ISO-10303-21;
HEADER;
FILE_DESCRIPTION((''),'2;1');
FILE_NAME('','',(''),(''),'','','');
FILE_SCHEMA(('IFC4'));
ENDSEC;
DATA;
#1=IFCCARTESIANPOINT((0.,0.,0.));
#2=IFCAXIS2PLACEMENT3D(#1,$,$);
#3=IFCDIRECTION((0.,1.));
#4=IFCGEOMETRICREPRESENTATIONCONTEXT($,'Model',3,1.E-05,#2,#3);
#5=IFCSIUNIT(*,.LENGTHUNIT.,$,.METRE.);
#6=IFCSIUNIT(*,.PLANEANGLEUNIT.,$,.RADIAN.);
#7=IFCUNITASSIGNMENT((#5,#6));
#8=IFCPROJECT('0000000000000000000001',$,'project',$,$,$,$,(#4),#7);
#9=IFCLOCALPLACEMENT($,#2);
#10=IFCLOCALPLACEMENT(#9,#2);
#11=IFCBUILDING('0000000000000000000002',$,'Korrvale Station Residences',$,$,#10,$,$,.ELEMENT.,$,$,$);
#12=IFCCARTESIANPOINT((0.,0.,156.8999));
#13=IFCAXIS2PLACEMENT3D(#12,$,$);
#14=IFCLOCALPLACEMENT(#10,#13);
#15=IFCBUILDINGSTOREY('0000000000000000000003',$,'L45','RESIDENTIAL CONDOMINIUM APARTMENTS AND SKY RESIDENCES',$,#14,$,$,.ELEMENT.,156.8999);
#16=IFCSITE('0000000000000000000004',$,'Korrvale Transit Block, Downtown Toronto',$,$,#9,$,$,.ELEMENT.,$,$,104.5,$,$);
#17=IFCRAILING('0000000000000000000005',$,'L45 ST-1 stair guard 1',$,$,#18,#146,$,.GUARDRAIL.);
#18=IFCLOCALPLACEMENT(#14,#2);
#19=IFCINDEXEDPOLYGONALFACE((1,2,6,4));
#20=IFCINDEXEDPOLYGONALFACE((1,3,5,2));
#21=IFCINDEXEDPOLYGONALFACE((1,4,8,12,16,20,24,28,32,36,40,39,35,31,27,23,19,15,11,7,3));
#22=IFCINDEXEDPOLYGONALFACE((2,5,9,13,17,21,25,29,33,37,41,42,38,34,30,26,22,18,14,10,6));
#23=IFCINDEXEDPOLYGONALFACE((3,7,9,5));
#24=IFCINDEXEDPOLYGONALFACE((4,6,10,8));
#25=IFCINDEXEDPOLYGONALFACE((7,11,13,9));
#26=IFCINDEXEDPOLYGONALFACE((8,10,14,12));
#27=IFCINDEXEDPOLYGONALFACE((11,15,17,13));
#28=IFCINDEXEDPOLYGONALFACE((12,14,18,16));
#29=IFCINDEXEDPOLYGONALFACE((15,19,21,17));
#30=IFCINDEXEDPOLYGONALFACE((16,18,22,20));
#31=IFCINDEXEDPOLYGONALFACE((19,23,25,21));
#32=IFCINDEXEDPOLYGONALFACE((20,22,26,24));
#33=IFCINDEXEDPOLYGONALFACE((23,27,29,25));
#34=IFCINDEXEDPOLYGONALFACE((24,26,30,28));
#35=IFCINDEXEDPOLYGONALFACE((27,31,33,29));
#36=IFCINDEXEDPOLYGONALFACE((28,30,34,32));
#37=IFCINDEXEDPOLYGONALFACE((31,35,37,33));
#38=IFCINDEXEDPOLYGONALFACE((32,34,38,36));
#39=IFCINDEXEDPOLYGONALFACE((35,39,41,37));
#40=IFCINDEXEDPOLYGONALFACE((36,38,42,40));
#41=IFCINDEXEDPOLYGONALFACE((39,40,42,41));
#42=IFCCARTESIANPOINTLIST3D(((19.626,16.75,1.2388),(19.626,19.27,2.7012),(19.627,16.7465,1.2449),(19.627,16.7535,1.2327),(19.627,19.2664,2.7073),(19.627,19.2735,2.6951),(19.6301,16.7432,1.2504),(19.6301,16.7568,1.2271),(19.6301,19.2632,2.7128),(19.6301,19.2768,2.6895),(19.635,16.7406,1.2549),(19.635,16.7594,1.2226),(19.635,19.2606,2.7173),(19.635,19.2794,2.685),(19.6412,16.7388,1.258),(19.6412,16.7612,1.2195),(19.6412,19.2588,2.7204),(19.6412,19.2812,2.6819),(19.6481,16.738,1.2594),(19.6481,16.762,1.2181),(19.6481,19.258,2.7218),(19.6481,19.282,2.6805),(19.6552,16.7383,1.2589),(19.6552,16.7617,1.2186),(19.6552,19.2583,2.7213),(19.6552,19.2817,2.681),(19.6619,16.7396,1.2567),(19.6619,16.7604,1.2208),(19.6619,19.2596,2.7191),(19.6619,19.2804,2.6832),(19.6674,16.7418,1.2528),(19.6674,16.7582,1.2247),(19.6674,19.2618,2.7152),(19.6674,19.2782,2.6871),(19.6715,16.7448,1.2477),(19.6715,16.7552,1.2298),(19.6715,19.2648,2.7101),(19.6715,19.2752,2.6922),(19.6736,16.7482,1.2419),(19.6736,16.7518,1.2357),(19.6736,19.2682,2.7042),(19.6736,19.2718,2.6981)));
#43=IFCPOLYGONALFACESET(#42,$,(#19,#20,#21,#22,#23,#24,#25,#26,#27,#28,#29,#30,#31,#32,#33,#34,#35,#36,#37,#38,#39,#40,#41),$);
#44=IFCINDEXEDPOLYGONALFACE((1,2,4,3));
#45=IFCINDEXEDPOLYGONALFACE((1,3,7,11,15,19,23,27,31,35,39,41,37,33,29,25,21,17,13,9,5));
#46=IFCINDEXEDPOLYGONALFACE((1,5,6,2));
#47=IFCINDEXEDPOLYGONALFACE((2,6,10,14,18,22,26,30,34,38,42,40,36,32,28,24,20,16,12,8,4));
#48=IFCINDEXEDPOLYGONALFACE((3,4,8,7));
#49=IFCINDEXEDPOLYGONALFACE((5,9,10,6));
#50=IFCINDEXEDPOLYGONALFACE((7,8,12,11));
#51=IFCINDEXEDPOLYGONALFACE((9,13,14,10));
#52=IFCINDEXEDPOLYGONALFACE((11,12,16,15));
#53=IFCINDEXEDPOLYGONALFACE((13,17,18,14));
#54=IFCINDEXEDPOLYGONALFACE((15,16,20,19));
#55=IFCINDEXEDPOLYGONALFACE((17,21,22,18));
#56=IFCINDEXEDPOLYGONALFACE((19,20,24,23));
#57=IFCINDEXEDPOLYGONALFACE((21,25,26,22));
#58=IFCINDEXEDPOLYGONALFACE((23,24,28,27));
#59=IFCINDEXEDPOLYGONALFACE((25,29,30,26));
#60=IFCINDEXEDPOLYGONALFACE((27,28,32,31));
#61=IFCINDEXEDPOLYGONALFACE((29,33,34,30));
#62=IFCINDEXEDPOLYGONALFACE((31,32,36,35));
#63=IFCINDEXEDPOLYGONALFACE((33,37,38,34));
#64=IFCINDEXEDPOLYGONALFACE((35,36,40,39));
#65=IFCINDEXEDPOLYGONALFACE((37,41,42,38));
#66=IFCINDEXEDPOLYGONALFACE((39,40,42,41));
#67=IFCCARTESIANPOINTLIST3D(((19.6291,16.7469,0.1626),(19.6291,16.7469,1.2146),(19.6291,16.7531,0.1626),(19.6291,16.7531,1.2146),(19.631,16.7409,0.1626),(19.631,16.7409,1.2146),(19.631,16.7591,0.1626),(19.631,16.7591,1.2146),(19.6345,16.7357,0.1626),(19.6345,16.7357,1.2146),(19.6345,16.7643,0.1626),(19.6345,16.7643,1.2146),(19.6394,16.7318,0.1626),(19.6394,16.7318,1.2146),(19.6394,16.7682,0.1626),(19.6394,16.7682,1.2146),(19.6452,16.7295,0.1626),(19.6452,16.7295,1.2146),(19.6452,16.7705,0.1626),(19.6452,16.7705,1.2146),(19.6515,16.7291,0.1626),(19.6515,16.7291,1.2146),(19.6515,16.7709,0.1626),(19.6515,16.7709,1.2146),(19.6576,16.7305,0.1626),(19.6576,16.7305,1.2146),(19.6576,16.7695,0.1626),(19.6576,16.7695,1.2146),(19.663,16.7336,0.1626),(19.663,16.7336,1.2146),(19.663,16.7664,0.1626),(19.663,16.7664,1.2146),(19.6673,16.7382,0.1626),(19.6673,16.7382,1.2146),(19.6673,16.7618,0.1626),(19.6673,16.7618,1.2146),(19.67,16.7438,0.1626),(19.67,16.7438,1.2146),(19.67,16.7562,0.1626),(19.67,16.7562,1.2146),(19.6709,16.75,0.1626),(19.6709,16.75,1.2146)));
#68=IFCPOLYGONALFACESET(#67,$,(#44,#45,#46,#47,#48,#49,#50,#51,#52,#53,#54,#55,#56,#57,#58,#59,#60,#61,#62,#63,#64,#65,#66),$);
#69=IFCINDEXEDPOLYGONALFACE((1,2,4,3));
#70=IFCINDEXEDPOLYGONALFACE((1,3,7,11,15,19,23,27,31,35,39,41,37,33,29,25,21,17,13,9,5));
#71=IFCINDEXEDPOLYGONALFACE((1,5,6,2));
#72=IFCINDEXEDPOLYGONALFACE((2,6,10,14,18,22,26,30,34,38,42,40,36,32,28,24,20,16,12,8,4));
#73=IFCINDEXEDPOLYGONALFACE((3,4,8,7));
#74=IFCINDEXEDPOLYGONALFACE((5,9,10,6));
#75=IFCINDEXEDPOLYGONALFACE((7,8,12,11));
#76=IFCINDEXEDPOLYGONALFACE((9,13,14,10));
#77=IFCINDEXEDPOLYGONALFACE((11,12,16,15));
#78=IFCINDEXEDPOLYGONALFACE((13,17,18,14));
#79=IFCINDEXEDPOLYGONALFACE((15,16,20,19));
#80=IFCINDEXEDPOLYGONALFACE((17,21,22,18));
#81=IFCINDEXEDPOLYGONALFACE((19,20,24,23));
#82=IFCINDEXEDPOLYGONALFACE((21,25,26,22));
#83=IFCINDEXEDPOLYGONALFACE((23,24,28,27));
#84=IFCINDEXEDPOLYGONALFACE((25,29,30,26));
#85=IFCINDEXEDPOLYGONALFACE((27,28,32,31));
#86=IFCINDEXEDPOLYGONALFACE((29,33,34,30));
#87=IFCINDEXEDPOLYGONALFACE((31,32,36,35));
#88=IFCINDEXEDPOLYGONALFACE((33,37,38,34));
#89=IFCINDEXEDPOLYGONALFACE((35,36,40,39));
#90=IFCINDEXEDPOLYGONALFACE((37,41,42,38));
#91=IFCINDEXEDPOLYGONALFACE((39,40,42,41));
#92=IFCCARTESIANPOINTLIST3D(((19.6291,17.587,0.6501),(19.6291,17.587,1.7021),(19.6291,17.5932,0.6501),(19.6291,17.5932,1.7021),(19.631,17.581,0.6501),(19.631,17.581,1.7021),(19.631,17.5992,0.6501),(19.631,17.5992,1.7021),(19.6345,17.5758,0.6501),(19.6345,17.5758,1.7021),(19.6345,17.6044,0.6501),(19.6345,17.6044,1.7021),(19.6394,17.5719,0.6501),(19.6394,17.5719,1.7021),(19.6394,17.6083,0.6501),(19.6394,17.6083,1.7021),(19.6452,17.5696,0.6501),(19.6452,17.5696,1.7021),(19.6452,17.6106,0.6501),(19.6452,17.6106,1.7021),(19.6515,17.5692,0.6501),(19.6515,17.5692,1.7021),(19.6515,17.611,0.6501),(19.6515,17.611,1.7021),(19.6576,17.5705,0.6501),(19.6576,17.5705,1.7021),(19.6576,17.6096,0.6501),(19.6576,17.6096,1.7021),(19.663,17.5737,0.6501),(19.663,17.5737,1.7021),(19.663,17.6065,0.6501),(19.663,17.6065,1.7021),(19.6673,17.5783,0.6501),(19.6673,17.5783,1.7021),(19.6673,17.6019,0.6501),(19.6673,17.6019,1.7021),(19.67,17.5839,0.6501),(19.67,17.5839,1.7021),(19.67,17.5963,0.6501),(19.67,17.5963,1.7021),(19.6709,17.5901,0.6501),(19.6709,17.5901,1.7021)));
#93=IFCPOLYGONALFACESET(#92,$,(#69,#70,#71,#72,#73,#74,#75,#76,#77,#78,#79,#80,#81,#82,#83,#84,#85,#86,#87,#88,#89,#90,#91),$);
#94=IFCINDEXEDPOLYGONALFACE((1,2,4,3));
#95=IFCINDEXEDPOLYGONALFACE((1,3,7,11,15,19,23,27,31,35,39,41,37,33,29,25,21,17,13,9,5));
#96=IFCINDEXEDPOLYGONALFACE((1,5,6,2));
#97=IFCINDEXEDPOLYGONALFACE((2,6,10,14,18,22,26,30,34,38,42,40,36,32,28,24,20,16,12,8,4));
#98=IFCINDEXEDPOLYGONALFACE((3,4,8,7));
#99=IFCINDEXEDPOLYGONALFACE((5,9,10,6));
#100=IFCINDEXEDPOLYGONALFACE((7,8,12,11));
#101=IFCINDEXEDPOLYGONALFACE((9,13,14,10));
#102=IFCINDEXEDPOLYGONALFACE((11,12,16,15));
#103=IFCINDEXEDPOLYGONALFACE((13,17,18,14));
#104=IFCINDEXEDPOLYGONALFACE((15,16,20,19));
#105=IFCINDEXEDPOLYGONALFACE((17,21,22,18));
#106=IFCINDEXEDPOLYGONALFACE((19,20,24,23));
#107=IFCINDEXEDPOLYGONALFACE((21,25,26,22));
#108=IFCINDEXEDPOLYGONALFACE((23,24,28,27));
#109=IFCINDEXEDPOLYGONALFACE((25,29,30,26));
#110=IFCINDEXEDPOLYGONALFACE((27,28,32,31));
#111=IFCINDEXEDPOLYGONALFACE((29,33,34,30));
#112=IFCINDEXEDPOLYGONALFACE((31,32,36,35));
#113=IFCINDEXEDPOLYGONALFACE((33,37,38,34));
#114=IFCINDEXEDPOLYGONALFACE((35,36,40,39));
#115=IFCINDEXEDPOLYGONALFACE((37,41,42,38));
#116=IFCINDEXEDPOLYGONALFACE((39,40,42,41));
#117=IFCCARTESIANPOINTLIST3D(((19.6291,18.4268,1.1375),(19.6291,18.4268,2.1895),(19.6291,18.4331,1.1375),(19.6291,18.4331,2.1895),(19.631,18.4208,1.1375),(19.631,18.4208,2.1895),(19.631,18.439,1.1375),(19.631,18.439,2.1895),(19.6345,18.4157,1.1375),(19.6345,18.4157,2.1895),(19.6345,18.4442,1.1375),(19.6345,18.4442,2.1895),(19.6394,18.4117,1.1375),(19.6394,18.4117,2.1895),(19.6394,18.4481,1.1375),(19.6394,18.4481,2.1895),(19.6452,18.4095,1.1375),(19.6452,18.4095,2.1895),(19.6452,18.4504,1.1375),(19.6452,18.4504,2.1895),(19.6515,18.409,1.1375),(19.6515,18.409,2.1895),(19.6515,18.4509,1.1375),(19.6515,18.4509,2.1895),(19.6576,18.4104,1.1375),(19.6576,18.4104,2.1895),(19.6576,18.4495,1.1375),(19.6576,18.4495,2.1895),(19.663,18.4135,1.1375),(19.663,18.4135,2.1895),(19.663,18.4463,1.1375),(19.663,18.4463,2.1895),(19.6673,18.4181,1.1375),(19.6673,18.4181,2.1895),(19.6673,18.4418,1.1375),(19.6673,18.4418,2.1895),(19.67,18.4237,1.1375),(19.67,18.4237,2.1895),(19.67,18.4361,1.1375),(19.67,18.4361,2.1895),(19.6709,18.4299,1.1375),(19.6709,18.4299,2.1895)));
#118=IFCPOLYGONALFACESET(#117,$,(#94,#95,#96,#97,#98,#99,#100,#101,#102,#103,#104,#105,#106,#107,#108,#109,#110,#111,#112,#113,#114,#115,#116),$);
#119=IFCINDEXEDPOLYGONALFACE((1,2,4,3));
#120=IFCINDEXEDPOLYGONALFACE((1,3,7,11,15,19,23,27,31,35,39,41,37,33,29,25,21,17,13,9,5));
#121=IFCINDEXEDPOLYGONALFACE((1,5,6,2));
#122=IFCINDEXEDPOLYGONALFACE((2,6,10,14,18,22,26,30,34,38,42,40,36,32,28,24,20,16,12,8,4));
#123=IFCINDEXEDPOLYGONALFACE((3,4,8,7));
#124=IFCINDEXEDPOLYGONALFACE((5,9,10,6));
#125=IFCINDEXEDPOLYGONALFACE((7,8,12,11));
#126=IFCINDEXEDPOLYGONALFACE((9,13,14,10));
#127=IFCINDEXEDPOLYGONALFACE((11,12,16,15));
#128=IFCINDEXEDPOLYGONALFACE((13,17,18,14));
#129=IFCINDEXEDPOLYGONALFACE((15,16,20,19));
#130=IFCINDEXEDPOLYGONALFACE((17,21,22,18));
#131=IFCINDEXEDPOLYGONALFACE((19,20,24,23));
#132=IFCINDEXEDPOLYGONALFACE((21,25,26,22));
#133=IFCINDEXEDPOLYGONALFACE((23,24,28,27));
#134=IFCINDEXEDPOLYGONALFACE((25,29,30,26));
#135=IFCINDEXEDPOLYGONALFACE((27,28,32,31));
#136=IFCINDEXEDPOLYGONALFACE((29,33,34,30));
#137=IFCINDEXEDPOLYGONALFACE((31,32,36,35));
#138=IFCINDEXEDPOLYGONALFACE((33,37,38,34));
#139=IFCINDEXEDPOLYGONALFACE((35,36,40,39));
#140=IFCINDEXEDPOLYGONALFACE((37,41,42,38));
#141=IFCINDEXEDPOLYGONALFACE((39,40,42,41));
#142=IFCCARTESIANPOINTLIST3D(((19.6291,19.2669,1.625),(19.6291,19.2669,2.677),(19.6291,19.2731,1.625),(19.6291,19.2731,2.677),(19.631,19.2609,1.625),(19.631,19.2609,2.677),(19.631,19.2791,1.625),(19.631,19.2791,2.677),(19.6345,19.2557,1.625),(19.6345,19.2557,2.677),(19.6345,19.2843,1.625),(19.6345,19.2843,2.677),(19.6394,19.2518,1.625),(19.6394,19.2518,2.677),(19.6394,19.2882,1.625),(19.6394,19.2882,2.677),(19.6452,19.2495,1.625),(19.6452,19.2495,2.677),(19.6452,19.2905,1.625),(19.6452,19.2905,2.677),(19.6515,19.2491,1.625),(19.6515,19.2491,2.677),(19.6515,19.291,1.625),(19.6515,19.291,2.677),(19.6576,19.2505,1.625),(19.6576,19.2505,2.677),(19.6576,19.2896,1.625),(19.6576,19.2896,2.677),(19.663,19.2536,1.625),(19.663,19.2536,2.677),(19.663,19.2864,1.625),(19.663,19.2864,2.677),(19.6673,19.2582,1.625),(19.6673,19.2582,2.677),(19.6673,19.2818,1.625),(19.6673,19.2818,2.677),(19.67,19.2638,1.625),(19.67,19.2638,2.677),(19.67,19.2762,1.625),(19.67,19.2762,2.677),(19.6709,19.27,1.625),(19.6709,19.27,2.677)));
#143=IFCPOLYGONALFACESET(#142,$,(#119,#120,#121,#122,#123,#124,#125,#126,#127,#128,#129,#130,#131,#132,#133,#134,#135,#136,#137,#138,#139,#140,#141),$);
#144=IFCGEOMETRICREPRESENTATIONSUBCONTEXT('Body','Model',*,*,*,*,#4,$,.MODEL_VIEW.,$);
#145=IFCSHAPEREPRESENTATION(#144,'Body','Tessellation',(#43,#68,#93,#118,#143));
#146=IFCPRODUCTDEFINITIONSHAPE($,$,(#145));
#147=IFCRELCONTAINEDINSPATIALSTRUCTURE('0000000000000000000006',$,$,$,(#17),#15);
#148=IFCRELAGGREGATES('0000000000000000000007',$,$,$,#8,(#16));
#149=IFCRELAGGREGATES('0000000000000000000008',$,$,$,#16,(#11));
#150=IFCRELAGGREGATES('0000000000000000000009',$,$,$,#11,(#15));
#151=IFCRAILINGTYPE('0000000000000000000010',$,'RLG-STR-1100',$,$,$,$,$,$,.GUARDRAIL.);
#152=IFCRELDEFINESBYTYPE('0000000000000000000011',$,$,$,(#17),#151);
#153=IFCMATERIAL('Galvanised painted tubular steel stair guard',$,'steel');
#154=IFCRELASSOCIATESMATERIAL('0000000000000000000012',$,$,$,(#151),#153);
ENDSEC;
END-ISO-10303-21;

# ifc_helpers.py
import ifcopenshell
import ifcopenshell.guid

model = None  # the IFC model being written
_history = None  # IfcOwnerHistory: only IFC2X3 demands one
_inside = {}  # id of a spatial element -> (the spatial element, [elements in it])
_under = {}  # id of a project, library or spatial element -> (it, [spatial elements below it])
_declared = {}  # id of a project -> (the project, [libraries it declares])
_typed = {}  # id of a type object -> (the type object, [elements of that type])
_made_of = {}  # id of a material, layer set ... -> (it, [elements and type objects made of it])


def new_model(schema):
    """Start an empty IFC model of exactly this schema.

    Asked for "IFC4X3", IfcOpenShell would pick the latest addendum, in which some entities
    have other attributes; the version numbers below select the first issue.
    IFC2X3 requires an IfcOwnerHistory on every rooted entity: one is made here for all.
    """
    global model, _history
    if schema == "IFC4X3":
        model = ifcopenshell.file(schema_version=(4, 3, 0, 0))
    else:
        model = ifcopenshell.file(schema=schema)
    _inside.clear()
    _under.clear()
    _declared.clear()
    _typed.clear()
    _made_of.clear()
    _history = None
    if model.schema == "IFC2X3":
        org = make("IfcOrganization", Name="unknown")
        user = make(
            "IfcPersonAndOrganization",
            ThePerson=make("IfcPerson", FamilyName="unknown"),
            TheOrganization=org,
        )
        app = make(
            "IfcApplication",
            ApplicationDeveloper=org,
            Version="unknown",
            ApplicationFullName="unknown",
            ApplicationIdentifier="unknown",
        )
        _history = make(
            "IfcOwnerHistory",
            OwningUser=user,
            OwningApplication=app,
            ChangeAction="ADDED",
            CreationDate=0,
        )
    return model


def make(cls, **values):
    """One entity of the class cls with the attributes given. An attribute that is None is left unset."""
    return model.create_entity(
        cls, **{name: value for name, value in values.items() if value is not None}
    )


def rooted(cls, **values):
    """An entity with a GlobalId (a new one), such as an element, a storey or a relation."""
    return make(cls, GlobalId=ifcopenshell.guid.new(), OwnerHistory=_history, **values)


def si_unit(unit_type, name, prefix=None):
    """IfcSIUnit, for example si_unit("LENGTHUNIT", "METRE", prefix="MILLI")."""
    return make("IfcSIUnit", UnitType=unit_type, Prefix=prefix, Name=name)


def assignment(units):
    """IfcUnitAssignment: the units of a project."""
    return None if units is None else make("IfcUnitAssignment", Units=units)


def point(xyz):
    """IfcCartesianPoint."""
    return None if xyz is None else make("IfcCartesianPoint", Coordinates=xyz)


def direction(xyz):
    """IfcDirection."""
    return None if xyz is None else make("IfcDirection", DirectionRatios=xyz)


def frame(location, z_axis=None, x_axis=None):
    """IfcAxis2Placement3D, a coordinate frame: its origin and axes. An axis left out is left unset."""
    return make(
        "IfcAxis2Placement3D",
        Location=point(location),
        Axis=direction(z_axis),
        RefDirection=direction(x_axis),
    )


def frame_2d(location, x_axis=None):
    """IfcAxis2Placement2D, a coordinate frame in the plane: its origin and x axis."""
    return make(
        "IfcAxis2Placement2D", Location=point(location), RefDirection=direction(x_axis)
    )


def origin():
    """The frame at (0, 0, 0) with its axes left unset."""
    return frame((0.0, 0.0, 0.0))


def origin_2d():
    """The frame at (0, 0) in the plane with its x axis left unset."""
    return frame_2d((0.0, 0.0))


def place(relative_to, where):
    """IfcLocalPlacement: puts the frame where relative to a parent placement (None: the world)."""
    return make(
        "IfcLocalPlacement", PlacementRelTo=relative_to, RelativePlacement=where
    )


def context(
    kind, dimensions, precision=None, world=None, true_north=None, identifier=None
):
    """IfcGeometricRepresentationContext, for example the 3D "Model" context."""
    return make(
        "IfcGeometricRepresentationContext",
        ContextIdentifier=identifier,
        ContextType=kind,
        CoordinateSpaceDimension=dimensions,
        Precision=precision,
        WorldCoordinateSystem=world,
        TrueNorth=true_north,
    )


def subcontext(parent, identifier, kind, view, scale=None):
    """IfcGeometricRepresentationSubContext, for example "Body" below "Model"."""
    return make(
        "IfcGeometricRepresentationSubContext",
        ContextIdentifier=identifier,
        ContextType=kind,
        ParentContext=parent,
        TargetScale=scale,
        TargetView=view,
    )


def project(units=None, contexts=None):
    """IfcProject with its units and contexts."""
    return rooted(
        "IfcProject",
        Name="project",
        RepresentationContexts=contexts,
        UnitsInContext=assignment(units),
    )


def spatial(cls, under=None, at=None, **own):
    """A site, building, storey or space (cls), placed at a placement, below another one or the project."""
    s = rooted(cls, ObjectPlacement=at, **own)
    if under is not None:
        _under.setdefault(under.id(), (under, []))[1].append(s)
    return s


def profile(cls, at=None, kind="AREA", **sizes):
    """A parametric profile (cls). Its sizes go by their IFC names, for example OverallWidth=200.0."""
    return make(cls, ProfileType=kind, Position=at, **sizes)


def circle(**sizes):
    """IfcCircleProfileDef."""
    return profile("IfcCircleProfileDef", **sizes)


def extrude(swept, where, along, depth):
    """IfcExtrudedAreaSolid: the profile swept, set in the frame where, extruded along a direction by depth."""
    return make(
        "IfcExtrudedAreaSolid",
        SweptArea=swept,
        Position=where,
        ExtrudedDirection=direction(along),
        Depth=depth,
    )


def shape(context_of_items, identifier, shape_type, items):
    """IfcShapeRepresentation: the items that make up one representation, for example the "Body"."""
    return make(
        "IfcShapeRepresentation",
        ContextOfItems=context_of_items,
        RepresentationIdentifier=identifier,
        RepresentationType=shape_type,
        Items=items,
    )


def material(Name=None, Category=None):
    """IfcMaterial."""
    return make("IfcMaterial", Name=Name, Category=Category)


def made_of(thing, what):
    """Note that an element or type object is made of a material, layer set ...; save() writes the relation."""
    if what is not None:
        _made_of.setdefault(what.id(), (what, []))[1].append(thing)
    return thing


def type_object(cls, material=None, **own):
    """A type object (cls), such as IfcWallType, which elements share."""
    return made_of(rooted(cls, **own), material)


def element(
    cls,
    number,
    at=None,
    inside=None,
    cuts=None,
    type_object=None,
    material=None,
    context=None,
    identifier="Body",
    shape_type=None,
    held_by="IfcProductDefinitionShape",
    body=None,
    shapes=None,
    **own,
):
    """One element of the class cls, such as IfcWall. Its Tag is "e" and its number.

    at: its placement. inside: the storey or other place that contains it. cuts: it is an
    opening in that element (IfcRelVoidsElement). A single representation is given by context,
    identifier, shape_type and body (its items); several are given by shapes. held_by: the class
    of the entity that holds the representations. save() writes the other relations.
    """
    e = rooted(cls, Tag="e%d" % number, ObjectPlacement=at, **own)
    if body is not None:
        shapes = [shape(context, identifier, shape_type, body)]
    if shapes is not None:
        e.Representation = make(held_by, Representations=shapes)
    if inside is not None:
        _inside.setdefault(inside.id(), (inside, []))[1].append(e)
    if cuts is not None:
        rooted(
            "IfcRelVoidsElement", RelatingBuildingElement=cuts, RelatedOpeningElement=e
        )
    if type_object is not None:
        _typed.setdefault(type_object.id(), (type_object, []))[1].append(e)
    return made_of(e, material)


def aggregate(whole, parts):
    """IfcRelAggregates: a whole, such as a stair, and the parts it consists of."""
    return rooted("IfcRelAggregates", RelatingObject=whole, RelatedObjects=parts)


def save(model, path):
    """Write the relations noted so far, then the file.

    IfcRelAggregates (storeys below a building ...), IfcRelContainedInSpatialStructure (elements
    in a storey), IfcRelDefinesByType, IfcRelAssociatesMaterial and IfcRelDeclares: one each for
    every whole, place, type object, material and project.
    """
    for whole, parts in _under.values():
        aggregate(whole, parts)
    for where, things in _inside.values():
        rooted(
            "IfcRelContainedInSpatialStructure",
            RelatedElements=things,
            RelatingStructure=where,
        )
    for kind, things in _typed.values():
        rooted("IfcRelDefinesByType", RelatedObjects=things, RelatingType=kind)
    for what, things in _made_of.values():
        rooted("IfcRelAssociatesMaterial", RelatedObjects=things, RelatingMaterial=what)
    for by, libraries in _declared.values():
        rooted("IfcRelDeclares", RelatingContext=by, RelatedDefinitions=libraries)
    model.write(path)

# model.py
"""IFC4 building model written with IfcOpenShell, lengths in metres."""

from ifc_helpers import new_model, si_unit, direction, frame, origin, origin_2d, place, context, subcontext, project, spatial, circle, extrude, material, type_object, element, save


model = new_model("IFC4")

# Units and contexts
model_context = context("Model", 3, precision=1e-05, world=origin(), true_north=direction((0.0, 1.0)))
body_context = subcontext(model_context, "Body", "Model", "MODEL_VIEW")
ifc_project = project(units=[si_unit("LENGTHUNIT", "METRE"), si_unit("PLANEANGLEUNIT", "RADIAN")], contexts=[model_context])

# Site, building, storey
site_placement = place(None, origin())
site = spatial("IfcSite", under=ifc_project, at=site_placement, Name="Korrvale Transit Block, Downtown Toronto", CompositionType="ELEMENT", RefElevation=104.5)
building_placement = place(site_placement, origin())
building = spatial("IfcBuilding", under=site, at=building_placement, Name="Korrvale Station Residences", CompositionType="ELEMENT")
storey_placement = place(building_placement, frame((0.0, 0.0, 156.8999)))
storey = spatial("IfcBuildingStorey", under=building, at=storey_placement, Name="L45", Description="RESIDENTIAL CONDOMINIUM APARTMENTS AND SKY RESIDENCES", CompositionType="ELEMENT", Elevation=156.8999)

# Railing
ifc_material_1 = material(Name="Galvanised painted tubular steel stair guard", Category="steel")
railing_type_1 = type_object("IfcRailingType", Name="RLG-STR-1100", PredefinedType="GUARDRAIL", material=ifc_material_1)
railing_1_placement = place(storey_placement, frame((19.6499, 16.75, 0.1626)))
element("IfcRailing", 1, at=railing_1_placement, inside=storey, type_object=railing_type_1, Name="L45 ST-1 stair guard 1", PredefinedType="GUARDRAIL", context=body_context, shape_type="SweptSolid", body=[
    extrude(circle(Radius=0.0239, at=origin_2d()), frame((0.0, 0.0, 1.0762), z_axis=(0.0, 0.864913, 0.501921), x_axis=(-1.0, 0.0, 0.0)), (0.0, 0.0, 1.0), 2.9136),
    extrude(circle(Radius=0.021, at=origin_2d()), origin(), (0.0, 0.0, 1.0), 1.052),
    extrude(circle(Radius=0.021, at=origin_2d()), frame((0.0, 0.8401, 0.4875)), (0.0, 0.0, 1.0), 1.052),
    extrude(circle(Radius=0.021, at=origin_2d()), frame((0.0, 1.6799, 0.9749)), (0.0, 0.0, 1.0), 1.052),
    extrude(circle(Radius=0.021, at=origin_2d()), frame((0.0, 2.52, 1.4624)), (0.0, 0.0, 1.0), 1.052),
])

save(model, "model.ifc")
